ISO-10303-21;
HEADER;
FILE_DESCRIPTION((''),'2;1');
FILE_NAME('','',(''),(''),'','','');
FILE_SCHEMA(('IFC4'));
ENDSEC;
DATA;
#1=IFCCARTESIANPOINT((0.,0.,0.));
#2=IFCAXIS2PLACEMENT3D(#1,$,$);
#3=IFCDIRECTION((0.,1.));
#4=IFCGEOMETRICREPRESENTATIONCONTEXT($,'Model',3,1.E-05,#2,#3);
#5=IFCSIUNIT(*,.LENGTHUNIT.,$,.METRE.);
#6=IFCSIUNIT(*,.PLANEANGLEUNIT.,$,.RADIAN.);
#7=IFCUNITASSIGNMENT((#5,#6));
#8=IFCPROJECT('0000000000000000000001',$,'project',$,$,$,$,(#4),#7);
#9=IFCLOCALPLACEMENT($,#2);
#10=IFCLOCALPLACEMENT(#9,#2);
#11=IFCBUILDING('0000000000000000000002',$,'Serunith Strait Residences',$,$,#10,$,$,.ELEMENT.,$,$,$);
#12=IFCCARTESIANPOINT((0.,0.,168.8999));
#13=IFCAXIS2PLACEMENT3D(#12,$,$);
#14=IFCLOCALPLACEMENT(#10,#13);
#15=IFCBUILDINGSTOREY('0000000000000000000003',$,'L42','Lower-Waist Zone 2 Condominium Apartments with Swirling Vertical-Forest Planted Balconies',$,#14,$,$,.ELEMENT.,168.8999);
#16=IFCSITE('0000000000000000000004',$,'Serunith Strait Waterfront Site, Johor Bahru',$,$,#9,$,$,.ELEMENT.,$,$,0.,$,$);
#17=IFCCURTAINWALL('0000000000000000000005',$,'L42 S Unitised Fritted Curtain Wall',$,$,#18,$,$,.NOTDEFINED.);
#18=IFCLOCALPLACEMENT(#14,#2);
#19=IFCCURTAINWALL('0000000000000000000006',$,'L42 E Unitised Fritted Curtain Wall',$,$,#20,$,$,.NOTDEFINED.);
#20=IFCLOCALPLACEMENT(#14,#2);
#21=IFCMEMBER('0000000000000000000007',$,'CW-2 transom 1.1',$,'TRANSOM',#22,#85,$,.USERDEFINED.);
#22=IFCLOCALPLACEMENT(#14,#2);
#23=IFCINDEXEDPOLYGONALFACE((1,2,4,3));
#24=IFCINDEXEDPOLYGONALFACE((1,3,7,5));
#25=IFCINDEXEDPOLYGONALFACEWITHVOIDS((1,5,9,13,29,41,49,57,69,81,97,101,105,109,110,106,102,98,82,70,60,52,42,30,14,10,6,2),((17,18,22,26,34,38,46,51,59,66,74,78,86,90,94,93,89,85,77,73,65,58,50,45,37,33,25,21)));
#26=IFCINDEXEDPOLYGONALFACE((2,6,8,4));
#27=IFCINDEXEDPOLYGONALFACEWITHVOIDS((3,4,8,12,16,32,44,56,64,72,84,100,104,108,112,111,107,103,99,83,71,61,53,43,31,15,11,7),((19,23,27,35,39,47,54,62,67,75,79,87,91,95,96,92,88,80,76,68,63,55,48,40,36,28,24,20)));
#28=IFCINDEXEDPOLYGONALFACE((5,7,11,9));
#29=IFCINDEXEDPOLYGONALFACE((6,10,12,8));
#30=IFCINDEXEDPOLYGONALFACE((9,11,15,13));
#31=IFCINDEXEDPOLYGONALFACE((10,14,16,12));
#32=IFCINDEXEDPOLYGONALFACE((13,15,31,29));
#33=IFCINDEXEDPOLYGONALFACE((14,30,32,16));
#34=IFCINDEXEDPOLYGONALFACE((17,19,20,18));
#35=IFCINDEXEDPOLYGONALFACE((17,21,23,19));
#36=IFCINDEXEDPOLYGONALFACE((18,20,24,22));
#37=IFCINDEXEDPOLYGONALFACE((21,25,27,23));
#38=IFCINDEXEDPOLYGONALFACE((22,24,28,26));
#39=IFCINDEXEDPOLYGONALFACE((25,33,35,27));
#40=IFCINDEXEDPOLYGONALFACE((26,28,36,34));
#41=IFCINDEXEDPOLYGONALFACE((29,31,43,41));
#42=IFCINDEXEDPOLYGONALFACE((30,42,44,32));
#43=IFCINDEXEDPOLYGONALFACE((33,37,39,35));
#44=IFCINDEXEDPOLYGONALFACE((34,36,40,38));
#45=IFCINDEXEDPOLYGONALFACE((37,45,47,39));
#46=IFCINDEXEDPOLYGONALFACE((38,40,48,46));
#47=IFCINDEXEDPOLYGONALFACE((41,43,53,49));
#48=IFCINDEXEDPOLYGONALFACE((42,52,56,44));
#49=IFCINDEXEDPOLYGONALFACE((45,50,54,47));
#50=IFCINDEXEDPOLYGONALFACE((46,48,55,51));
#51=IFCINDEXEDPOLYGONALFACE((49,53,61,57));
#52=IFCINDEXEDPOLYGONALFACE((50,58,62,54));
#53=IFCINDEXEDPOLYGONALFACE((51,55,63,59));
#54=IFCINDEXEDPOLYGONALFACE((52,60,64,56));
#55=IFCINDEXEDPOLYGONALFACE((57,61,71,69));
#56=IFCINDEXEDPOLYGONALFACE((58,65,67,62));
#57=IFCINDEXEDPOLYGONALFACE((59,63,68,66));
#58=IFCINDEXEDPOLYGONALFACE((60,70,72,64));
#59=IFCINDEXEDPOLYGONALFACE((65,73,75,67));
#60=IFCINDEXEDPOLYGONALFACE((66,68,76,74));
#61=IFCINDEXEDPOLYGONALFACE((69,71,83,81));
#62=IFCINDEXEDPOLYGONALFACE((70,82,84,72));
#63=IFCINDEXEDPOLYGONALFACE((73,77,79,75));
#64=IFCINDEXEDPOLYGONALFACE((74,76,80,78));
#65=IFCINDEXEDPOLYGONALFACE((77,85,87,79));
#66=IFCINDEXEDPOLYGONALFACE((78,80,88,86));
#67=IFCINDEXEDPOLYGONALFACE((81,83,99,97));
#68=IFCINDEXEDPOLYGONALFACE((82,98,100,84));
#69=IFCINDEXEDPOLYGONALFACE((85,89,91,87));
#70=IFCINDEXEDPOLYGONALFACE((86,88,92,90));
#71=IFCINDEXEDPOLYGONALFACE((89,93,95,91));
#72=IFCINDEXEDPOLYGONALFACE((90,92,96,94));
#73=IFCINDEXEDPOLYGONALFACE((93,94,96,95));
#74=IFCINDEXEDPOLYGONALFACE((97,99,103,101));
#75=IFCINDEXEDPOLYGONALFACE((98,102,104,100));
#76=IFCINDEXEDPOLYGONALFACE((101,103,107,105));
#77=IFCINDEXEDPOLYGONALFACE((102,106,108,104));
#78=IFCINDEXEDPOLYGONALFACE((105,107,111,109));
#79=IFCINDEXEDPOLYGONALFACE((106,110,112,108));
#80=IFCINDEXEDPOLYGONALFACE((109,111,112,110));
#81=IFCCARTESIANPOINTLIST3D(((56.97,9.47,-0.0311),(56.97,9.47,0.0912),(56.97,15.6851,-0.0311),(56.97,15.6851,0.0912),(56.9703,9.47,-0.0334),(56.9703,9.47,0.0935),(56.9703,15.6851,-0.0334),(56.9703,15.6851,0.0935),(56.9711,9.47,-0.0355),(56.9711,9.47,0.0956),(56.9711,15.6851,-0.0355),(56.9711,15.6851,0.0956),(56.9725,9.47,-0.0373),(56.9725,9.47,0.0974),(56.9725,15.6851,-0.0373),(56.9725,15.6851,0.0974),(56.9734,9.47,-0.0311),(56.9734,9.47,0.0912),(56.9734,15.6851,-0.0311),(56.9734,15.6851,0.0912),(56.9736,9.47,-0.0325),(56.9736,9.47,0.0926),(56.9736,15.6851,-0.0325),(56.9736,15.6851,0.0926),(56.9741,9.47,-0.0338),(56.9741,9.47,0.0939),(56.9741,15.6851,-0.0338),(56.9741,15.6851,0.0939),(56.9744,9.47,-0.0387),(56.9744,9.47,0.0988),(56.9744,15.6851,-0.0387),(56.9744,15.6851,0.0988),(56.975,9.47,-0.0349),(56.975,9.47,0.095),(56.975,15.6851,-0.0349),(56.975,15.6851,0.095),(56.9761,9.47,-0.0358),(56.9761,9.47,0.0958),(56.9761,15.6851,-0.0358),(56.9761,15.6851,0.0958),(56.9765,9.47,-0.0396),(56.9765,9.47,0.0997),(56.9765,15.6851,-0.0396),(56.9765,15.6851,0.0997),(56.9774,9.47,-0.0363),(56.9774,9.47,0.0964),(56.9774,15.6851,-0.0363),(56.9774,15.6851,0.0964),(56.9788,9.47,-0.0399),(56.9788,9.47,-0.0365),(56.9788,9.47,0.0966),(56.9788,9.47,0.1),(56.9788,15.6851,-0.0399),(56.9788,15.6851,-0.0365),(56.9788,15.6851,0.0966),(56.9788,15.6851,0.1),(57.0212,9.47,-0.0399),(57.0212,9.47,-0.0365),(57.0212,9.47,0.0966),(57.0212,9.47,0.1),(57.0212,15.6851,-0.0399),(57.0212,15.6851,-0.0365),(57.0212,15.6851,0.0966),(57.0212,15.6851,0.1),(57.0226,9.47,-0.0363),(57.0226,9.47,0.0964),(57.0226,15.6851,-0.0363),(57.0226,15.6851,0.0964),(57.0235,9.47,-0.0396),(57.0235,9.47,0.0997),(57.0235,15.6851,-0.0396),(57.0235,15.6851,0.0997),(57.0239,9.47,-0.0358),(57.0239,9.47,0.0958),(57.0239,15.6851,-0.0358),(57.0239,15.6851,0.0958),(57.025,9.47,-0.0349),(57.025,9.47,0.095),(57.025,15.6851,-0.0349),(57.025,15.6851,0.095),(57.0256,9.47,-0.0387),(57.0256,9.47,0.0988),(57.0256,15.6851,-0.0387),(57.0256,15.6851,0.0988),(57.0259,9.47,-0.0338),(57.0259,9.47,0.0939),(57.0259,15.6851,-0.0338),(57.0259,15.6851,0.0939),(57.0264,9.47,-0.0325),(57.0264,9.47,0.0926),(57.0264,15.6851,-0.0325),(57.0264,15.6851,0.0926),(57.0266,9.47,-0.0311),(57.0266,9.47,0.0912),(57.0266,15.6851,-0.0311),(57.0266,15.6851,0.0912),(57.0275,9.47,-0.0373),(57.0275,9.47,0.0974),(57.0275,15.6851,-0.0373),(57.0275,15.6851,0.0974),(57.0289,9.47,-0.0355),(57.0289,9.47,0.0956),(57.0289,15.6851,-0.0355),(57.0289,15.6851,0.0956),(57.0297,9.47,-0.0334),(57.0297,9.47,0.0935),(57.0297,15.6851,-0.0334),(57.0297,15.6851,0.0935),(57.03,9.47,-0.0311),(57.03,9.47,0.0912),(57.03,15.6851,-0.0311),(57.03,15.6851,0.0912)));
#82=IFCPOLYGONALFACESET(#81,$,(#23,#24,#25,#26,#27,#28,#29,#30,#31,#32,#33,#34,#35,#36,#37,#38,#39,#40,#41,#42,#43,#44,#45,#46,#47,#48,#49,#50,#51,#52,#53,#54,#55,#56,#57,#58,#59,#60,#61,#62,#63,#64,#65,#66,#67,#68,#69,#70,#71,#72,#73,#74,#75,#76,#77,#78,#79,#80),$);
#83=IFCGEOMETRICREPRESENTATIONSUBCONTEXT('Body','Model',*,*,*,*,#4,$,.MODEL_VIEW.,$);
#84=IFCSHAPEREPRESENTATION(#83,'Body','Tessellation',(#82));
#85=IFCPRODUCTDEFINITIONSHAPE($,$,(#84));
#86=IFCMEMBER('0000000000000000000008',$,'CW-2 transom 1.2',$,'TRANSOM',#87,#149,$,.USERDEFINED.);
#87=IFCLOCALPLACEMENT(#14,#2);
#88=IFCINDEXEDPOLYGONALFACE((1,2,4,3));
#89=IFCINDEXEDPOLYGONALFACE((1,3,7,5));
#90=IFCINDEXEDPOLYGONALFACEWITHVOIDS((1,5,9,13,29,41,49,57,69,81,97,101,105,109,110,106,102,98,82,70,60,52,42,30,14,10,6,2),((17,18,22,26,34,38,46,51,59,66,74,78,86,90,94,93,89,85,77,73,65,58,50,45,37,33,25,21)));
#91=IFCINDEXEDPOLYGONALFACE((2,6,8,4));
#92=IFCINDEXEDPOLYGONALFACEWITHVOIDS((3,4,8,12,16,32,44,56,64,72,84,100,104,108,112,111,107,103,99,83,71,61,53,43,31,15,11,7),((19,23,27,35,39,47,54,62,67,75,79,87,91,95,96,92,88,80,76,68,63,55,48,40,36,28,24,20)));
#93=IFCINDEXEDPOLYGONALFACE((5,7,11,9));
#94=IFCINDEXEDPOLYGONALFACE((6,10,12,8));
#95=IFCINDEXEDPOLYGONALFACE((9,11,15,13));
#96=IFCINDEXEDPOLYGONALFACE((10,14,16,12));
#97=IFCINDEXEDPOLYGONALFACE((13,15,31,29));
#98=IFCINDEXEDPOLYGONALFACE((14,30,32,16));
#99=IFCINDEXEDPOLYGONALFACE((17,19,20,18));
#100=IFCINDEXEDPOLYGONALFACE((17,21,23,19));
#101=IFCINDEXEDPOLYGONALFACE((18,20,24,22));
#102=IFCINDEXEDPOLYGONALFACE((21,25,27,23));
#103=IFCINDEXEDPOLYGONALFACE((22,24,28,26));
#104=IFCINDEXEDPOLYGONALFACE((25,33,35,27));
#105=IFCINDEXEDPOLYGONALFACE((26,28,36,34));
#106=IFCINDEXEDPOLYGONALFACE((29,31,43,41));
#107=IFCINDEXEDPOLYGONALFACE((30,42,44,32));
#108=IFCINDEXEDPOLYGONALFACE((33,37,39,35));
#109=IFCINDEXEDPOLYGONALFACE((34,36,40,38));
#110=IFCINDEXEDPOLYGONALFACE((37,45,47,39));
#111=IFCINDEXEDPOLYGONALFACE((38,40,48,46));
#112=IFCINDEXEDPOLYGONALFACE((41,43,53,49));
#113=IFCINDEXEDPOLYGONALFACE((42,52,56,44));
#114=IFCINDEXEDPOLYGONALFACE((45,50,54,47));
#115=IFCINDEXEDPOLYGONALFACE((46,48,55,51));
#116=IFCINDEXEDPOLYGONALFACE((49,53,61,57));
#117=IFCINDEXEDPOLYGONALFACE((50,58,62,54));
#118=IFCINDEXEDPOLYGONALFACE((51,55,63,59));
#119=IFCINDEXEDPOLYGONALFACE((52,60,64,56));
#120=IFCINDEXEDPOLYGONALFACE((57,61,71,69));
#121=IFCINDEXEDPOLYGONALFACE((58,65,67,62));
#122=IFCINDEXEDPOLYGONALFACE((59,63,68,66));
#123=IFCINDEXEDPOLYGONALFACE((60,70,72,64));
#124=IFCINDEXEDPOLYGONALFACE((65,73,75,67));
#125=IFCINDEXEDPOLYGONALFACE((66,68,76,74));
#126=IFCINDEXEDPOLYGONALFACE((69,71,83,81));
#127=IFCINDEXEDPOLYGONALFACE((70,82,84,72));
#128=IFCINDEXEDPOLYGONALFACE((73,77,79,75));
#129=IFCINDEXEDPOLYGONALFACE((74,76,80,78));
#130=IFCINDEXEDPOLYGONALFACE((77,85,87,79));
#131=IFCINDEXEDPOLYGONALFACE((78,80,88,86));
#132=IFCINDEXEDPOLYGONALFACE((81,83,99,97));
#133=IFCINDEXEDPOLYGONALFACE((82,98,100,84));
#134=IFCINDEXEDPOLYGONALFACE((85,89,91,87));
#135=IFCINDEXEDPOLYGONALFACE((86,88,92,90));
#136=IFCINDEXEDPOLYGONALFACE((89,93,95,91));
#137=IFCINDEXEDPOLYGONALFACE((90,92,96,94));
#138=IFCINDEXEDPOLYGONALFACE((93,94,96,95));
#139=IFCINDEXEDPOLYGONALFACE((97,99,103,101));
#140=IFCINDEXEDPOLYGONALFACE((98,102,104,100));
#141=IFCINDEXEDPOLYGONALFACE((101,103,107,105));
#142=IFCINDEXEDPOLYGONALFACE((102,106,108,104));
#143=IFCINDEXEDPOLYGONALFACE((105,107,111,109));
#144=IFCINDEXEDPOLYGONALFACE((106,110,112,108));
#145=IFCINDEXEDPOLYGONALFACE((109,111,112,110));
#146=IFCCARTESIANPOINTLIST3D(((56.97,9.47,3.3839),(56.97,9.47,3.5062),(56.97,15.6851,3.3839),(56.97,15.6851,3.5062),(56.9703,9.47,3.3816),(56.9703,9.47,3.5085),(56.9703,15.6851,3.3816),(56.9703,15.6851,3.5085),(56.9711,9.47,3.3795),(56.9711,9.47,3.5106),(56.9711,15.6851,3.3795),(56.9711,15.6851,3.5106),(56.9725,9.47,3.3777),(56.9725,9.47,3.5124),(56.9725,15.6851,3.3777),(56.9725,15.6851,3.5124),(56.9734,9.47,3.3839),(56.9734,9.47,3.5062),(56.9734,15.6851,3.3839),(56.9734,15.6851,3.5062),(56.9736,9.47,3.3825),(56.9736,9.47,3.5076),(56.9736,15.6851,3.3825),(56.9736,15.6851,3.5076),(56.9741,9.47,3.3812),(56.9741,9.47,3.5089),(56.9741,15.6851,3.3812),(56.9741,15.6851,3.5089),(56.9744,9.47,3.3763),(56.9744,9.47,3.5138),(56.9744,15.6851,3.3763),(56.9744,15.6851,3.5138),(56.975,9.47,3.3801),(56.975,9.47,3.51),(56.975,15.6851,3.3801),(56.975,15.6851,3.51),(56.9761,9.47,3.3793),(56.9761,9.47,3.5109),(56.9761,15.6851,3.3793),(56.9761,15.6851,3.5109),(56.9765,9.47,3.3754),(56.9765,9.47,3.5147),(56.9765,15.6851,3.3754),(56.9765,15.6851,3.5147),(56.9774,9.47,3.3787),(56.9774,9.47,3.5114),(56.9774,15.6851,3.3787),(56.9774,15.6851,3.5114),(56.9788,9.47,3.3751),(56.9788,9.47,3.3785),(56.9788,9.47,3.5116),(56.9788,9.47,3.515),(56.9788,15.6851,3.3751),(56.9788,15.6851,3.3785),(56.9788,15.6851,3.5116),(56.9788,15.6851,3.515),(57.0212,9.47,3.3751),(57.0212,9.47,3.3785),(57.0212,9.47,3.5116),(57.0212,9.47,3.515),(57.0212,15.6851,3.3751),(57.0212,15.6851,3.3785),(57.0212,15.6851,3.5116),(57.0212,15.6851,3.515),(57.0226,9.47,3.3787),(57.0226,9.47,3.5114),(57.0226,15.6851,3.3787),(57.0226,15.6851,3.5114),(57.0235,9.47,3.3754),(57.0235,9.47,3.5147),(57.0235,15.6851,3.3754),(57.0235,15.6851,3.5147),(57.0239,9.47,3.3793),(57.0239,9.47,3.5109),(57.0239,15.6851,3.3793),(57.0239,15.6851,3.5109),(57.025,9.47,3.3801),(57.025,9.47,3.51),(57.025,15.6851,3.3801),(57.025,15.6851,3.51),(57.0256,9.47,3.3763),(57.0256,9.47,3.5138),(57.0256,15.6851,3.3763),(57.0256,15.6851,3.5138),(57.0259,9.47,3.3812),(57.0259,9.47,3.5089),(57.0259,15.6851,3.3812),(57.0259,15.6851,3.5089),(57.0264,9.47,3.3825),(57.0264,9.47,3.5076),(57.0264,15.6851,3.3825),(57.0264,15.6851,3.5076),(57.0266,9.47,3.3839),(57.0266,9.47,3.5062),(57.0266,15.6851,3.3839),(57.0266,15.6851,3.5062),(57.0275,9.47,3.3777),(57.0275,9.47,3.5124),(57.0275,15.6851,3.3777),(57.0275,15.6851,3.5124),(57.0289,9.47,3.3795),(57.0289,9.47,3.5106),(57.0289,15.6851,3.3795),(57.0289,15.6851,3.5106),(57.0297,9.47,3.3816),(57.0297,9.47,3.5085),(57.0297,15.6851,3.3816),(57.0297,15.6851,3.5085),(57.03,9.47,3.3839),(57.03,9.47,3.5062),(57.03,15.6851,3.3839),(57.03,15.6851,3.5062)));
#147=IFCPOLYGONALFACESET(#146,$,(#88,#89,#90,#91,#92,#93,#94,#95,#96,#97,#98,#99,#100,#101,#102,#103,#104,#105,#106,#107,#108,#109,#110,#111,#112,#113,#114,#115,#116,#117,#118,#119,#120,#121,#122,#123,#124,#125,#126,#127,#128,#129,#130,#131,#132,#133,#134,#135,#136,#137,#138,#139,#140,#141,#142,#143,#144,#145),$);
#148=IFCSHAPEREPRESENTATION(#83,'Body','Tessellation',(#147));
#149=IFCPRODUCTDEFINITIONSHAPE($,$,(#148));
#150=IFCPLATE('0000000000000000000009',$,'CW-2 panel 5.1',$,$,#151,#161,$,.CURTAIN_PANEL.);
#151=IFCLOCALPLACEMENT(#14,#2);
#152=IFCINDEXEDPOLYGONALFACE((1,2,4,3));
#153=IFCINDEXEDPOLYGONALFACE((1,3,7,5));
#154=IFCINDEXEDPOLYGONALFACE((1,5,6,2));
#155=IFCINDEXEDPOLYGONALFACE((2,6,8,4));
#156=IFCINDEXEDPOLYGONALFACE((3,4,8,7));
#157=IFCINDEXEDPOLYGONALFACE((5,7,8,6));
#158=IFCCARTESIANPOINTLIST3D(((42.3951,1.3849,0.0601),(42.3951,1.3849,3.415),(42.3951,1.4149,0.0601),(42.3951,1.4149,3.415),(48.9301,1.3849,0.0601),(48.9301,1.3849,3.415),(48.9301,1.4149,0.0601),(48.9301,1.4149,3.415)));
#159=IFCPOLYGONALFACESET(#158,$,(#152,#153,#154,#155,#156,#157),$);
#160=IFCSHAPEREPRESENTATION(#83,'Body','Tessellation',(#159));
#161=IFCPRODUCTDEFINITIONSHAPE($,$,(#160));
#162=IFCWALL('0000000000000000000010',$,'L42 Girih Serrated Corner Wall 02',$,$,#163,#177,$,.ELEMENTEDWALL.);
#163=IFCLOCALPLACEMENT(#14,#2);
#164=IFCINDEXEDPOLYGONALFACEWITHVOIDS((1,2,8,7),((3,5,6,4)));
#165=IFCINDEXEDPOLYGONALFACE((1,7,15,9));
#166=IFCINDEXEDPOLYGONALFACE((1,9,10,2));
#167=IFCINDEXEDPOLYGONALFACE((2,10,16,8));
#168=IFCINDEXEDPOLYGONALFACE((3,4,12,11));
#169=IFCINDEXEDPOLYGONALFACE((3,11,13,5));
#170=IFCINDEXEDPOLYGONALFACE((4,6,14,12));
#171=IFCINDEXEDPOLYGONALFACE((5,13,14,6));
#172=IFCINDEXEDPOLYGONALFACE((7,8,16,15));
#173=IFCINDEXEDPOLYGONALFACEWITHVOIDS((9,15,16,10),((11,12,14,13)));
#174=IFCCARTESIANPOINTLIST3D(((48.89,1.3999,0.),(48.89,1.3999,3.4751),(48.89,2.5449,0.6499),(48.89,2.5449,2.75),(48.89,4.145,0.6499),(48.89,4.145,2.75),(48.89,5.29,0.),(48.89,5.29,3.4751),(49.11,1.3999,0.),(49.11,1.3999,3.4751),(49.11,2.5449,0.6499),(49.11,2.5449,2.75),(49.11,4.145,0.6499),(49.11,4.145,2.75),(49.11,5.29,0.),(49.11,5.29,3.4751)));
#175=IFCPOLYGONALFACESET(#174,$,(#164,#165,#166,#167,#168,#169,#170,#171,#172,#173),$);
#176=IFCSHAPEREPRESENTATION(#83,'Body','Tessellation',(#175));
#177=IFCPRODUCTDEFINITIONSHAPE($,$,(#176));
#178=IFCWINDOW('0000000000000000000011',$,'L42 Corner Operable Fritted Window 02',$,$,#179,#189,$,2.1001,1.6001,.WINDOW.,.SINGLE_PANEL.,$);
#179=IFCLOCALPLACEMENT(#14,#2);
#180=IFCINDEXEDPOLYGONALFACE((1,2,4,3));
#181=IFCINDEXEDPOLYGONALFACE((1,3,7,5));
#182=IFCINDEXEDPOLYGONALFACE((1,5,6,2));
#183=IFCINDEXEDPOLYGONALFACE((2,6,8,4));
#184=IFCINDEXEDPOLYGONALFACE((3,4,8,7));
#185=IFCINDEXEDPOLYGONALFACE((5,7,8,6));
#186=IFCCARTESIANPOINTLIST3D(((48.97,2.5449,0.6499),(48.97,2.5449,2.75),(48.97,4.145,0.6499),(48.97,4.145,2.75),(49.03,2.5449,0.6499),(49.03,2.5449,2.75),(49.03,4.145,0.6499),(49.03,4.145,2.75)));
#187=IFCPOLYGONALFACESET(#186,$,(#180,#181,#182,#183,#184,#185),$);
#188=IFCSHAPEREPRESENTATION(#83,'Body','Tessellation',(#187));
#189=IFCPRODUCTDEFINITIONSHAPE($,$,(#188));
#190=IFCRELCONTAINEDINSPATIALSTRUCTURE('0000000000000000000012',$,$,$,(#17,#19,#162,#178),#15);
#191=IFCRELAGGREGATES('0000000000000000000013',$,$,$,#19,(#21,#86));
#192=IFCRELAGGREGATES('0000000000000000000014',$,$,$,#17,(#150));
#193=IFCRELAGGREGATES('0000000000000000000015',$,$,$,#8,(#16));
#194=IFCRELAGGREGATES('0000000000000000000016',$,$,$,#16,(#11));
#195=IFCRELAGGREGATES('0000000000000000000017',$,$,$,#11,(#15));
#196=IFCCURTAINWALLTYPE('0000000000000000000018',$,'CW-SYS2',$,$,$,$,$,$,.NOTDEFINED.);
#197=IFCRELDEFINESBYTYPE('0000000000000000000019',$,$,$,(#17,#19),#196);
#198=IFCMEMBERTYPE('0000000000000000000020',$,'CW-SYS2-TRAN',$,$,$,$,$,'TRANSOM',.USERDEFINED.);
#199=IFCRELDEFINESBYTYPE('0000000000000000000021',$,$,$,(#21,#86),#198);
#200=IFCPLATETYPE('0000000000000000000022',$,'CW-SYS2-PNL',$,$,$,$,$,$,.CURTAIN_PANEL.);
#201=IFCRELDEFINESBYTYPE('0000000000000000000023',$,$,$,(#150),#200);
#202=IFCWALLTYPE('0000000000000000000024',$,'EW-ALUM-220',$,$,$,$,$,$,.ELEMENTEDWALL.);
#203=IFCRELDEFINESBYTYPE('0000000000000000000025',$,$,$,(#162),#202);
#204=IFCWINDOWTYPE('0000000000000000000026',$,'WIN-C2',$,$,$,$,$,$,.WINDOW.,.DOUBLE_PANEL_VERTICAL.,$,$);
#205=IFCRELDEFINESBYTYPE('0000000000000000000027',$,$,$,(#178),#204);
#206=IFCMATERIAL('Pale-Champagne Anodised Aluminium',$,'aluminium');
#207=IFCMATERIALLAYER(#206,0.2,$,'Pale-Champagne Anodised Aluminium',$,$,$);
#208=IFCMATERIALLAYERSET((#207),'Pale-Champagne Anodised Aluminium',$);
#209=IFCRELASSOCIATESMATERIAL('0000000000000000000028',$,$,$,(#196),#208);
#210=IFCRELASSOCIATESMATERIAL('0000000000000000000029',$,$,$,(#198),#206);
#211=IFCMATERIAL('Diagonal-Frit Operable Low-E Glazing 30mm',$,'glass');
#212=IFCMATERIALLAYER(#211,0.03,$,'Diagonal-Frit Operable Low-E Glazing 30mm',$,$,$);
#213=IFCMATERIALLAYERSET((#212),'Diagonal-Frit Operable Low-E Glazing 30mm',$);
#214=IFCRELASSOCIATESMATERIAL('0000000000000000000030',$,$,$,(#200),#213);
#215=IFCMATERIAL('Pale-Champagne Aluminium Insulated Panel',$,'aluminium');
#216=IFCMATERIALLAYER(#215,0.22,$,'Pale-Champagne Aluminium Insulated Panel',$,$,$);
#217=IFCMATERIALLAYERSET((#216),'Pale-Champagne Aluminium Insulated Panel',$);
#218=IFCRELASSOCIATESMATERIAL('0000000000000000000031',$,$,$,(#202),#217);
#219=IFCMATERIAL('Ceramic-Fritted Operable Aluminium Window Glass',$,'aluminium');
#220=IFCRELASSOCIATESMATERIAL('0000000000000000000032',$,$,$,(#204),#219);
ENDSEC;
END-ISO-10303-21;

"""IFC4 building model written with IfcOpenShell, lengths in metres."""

from ifc_helpers import new_model, si_unit, direction, frame, frame_2d, origin, origin_2d, place, context, subcontext, project, spatial, rectangle, hollow_rectangle, extrude, source, transform, mapped, material, layer, layer_set, material_profile, profile_set, type_object, element, fill, aggregate, save


model = new_model("IFC4")

# Units and contexts
model_context = context("Model", 3, precision=1e-05, world=origin(), true_north=direction((0.0, 1.0)))
body_context = subcontext(model_context, "Body", "Model", "MODEL_VIEW")
ifc_project = project(units=[si_unit("LENGTHUNIT", "METRE"), si_unit("PLANEANGLEUNIT", "RADIAN")], contexts=[model_context])

# Site, building, storey
site_placement = place(None, origin())
site = spatial("IfcSite", under=ifc_project, at=site_placement, Name="Serunith Strait Waterfront Site, Johor Bahru", CompositionType="ELEMENT", RefElevation=0.0)
building_placement = place(site_placement, origin())
building = spatial("IfcBuilding", under=site, at=building_placement, Name="Serunith Strait Residences", CompositionType="ELEMENT")
storey_placement = place(building_placement, frame((0.0, 0.0, 168.8999)))
storey = spatial("IfcBuildingStorey", under=building, at=storey_placement, Name="L42", Description="Lower-Waist Zone 2 Condominium Apartments with Swirling Vertical-Forest Planted Balconies", CompositionType="ELEMENT", Elevation=168.8999)

# Curtain wall
ifc_material_1 = material(Name="Pale-Champagne Anodised Aluminium", Category="aluminium")
ifc_layer_1 = layer(ifc_material_1, 0.2, Name="Pale-Champagne Anodised Aluminium")
ifc_layer_set_1 = layer_set([ifc_layer_1], Name="Pale-Champagne Anodised Aluminium")
curtain_wall_type = type_object("IfcCurtainWallType", Name="CW-SYS2", PredefinedType="NOTDEFINED", material=ifc_layer_set_1)
curtain_wall_1_placement = place(storey_placement, origin())
curtain_wall_1 = element("IfcCurtainWall", 1, at=curtain_wall_1_placement, inside=storey, type_object=curtain_wall_type, Name="L42 S Unitised Fritted Curtain Wall", PredefinedType="NOTDEFINED")

# Curtain wall, members
curtain_wall_2_placement = place(storey_placement, origin())
curtain_wall_2 = element("IfcCurtainWall", 2, at=curtain_wall_2_placement, inside=storey, type_object=curtain_wall_type, Name="L42 E Unitised Fritted Curtain Wall", PredefinedType="NOTDEFINED")
ifc_material_profile_1 = material_profile(ifc_material_1, hollow_rectangle(XDim=0.0601, YDim=0.1399, WallThickness=0.0034, InnerFilletRadius=0.0054, OuterFilletRadius=0.0088, at=origin_2d()), Name="ALU 140x60x3.5")
ifc_profile_set_1 = profile_set([ifc_material_profile_1], Name="Pale-Champagne Anodised Aluminium")
member_type_1 = type_object("IfcMemberType", Name="CW-SYS2-TRAN", ElementType="TRANSOM", PredefinedType="USERDEFINED", material=ifc_profile_set_1)
shared_shape_1 = source(origin(), body_context, "Body", "SweptSolid", [
    extrude(hollow_rectangle(XDim=0.0601, YDim=0.1399, WallThickness=0.0034, InnerFilletRadius=0.0054, OuterFilletRadius=0.0088, at=origin_2d()), origin(), (0.0, 0.0, 1.0), 6.2151),
])
member_1_placement = place(storey_placement, frame((57.0, 9.47, 0.03), z_axis=(0.0, 1.0, 0.0), x_axis=(-1.0, 0.0, 0.0)))
member_1 = element("IfcMember", 3, at=member_1_placement, type_object=member_type_1, Name="CW-2 transom 1.1", ObjectType="TRANSOM", PredefinedType="USERDEFINED", context=body_context, shape_type="MappedRepresentation", body=[
    mapped(shared_shape_1, transform((0.0, 0.0, 0.0), scale=1.0)),
])
member_2_placement = place(storey_placement, frame((57.0, 9.47, 3.4451), z_axis=(0.0, 1.0, 0.0), x_axis=(-1.0, 0.0, 0.0)))
member_2 = element("IfcMember", 4, at=member_2_placement, type_object=member_type_1, Name="CW-2 transom 1.2", ObjectType="TRANSOM", PredefinedType="USERDEFINED", context=body_context, shape_type="MappedRepresentation", body=[
    mapped(shared_shape_1, transform((0.0, 0.0, 0.0), scale=1.0)),
])
aggregate(curtain_wall_2, [member_1, member_2])

# Plate
ifc_material_2 = material(Name="Diagonal-Frit Operable Low-E Glazing 30mm", Category="glass")
ifc_layer_2 = layer(ifc_material_2, 0.03, Name="Diagonal-Frit Operable Low-E Glazing 30mm")
ifc_layer_set_2 = layer_set([ifc_layer_2], Name="Diagonal-Frit Operable Low-E Glazing 30mm")
plate_type = type_object("IfcPlateType", Name="CW-SYS2-PNL", PredefinedType="CURTAIN_PANEL", material=ifc_layer_set_2)
shared_shape_2 = source(origin(), body_context, "Body", "SweptSolid", [
    extrude(rectangle(XDim=6.5349, YDim=0.03, at=origin_2d()), origin(), (0.0, 0.0, 1.0), 3.355),
])
plate_placement = place(storey_placement, frame((45.6626, 1.3999, 0.0601), z_axis=(0.0, 0.0, 1.0), x_axis=(1.0, 0.0, 0.0)))
plate = element("IfcPlate", 5, at=plate_placement, type_object=plate_type, Name="CW-2 panel 5.1", PredefinedType="CURTAIN_PANEL", context=body_context, shape_type="MappedRepresentation", body=[
    mapped(shared_shape_2, transform((0.0, 0.0, 0.0), scale=1.0)),
])
aggregate(curtain_wall_1, [plate])

# Wall, opening, window
ifc_material_3 = material(Name="Pale-Champagne Aluminium Insulated Panel", Category="aluminium")
ifc_layer_3 = layer(ifc_material_3, 0.22, Name="Pale-Champagne Aluminium Insulated Panel")
ifc_layer_set_3 = layer_set([ifc_layer_3], Name="Pale-Champagne Aluminium Insulated Panel")
wall_type_1 = type_object("IfcWallType", Name="EW-ALUM-220", PredefinedType="ELEMENTEDWALL", material=ifc_layer_set_3)
wall_1_placement = place(storey_placement, frame((49.0, 1.3999, 0.0), z_axis=(0.0, 0.0, 1.0), x_axis=(0.0, 1.0, 0.0)))
wall_1 = element("IfcWall", 6, at=wall_1_placement, inside=storey, type_object=wall_type_1, Name="L42 Girih Serrated Corner Wall 02", PredefinedType="ELEMENTEDWALL", context=body_context, shape_type="SweptSolid", body=[
    extrude(rectangle(XDim=3.8901, YDim=0.22, at=frame_2d((1.9451, 0.0))), origin(), (0.0, 0.0, 1.0), 3.4751),
])
opening_1_placement = place(wall_1_placement, frame((1.145, 0.0, 0.6499)))
opening_1 = element("IfcOpeningElement", 7, at=opening_1_placement, cuts=wall_1, PredefinedType="OPENING", context=body_context, shape_type="SweptSolid", body=[
    extrude(rectangle(XDim=1.6001, YDim=2.1001, at=frame_2d((0.8, 1.05))), frame((0.0, 0.1201, 0.0), z_axis=(0.0, -1.0, 0.0), x_axis=(1.0, 0.0, 0.0)), (0.0, 0.0, 1.0), 0.24),
])
ifc_material_4 = material(Name="Ceramic-Fritted Operable Aluminium Window Glass", Category="aluminium")
window_type = type_object("IfcWindowType", Name="WIN-C2", PartitioningType="DOUBLE_PANEL_VERTICAL", PredefinedType="WINDOW", material=ifc_material_4)
shared_shape_3 = source(origin(), body_context, "Body", "SweptSolid", [
    extrude(rectangle(XDim=1.6001, YDim=2.1001, at=frame_2d((0.8, 1.05))), frame((0.0, 0.03, 0.0), z_axis=(0.0, -1.0, 0.0), x_axis=(1.0, 0.0, 0.0)), (0.0, 0.0, 1.0), 0.0601),
])
window_1_placement = place(opening_1_placement, origin())
window_1 = element("IfcWindow", 8, at=window_1_placement, inside=storey, type_object=window_type, Name="L42 Corner Operable Fritted Window 02", OverallHeight=2.1001, OverallWidth=1.6001, PartitioningType="SINGLE_PANEL", PredefinedType="WINDOW", context=body_context, shape_type="MappedRepresentation", body=[
    mapped(shared_shape_3, transform((0.0, 0.0, 0.0), scale=1.0)),
])
fill(opening_1, window_1)

save(model, "model.ifc")
